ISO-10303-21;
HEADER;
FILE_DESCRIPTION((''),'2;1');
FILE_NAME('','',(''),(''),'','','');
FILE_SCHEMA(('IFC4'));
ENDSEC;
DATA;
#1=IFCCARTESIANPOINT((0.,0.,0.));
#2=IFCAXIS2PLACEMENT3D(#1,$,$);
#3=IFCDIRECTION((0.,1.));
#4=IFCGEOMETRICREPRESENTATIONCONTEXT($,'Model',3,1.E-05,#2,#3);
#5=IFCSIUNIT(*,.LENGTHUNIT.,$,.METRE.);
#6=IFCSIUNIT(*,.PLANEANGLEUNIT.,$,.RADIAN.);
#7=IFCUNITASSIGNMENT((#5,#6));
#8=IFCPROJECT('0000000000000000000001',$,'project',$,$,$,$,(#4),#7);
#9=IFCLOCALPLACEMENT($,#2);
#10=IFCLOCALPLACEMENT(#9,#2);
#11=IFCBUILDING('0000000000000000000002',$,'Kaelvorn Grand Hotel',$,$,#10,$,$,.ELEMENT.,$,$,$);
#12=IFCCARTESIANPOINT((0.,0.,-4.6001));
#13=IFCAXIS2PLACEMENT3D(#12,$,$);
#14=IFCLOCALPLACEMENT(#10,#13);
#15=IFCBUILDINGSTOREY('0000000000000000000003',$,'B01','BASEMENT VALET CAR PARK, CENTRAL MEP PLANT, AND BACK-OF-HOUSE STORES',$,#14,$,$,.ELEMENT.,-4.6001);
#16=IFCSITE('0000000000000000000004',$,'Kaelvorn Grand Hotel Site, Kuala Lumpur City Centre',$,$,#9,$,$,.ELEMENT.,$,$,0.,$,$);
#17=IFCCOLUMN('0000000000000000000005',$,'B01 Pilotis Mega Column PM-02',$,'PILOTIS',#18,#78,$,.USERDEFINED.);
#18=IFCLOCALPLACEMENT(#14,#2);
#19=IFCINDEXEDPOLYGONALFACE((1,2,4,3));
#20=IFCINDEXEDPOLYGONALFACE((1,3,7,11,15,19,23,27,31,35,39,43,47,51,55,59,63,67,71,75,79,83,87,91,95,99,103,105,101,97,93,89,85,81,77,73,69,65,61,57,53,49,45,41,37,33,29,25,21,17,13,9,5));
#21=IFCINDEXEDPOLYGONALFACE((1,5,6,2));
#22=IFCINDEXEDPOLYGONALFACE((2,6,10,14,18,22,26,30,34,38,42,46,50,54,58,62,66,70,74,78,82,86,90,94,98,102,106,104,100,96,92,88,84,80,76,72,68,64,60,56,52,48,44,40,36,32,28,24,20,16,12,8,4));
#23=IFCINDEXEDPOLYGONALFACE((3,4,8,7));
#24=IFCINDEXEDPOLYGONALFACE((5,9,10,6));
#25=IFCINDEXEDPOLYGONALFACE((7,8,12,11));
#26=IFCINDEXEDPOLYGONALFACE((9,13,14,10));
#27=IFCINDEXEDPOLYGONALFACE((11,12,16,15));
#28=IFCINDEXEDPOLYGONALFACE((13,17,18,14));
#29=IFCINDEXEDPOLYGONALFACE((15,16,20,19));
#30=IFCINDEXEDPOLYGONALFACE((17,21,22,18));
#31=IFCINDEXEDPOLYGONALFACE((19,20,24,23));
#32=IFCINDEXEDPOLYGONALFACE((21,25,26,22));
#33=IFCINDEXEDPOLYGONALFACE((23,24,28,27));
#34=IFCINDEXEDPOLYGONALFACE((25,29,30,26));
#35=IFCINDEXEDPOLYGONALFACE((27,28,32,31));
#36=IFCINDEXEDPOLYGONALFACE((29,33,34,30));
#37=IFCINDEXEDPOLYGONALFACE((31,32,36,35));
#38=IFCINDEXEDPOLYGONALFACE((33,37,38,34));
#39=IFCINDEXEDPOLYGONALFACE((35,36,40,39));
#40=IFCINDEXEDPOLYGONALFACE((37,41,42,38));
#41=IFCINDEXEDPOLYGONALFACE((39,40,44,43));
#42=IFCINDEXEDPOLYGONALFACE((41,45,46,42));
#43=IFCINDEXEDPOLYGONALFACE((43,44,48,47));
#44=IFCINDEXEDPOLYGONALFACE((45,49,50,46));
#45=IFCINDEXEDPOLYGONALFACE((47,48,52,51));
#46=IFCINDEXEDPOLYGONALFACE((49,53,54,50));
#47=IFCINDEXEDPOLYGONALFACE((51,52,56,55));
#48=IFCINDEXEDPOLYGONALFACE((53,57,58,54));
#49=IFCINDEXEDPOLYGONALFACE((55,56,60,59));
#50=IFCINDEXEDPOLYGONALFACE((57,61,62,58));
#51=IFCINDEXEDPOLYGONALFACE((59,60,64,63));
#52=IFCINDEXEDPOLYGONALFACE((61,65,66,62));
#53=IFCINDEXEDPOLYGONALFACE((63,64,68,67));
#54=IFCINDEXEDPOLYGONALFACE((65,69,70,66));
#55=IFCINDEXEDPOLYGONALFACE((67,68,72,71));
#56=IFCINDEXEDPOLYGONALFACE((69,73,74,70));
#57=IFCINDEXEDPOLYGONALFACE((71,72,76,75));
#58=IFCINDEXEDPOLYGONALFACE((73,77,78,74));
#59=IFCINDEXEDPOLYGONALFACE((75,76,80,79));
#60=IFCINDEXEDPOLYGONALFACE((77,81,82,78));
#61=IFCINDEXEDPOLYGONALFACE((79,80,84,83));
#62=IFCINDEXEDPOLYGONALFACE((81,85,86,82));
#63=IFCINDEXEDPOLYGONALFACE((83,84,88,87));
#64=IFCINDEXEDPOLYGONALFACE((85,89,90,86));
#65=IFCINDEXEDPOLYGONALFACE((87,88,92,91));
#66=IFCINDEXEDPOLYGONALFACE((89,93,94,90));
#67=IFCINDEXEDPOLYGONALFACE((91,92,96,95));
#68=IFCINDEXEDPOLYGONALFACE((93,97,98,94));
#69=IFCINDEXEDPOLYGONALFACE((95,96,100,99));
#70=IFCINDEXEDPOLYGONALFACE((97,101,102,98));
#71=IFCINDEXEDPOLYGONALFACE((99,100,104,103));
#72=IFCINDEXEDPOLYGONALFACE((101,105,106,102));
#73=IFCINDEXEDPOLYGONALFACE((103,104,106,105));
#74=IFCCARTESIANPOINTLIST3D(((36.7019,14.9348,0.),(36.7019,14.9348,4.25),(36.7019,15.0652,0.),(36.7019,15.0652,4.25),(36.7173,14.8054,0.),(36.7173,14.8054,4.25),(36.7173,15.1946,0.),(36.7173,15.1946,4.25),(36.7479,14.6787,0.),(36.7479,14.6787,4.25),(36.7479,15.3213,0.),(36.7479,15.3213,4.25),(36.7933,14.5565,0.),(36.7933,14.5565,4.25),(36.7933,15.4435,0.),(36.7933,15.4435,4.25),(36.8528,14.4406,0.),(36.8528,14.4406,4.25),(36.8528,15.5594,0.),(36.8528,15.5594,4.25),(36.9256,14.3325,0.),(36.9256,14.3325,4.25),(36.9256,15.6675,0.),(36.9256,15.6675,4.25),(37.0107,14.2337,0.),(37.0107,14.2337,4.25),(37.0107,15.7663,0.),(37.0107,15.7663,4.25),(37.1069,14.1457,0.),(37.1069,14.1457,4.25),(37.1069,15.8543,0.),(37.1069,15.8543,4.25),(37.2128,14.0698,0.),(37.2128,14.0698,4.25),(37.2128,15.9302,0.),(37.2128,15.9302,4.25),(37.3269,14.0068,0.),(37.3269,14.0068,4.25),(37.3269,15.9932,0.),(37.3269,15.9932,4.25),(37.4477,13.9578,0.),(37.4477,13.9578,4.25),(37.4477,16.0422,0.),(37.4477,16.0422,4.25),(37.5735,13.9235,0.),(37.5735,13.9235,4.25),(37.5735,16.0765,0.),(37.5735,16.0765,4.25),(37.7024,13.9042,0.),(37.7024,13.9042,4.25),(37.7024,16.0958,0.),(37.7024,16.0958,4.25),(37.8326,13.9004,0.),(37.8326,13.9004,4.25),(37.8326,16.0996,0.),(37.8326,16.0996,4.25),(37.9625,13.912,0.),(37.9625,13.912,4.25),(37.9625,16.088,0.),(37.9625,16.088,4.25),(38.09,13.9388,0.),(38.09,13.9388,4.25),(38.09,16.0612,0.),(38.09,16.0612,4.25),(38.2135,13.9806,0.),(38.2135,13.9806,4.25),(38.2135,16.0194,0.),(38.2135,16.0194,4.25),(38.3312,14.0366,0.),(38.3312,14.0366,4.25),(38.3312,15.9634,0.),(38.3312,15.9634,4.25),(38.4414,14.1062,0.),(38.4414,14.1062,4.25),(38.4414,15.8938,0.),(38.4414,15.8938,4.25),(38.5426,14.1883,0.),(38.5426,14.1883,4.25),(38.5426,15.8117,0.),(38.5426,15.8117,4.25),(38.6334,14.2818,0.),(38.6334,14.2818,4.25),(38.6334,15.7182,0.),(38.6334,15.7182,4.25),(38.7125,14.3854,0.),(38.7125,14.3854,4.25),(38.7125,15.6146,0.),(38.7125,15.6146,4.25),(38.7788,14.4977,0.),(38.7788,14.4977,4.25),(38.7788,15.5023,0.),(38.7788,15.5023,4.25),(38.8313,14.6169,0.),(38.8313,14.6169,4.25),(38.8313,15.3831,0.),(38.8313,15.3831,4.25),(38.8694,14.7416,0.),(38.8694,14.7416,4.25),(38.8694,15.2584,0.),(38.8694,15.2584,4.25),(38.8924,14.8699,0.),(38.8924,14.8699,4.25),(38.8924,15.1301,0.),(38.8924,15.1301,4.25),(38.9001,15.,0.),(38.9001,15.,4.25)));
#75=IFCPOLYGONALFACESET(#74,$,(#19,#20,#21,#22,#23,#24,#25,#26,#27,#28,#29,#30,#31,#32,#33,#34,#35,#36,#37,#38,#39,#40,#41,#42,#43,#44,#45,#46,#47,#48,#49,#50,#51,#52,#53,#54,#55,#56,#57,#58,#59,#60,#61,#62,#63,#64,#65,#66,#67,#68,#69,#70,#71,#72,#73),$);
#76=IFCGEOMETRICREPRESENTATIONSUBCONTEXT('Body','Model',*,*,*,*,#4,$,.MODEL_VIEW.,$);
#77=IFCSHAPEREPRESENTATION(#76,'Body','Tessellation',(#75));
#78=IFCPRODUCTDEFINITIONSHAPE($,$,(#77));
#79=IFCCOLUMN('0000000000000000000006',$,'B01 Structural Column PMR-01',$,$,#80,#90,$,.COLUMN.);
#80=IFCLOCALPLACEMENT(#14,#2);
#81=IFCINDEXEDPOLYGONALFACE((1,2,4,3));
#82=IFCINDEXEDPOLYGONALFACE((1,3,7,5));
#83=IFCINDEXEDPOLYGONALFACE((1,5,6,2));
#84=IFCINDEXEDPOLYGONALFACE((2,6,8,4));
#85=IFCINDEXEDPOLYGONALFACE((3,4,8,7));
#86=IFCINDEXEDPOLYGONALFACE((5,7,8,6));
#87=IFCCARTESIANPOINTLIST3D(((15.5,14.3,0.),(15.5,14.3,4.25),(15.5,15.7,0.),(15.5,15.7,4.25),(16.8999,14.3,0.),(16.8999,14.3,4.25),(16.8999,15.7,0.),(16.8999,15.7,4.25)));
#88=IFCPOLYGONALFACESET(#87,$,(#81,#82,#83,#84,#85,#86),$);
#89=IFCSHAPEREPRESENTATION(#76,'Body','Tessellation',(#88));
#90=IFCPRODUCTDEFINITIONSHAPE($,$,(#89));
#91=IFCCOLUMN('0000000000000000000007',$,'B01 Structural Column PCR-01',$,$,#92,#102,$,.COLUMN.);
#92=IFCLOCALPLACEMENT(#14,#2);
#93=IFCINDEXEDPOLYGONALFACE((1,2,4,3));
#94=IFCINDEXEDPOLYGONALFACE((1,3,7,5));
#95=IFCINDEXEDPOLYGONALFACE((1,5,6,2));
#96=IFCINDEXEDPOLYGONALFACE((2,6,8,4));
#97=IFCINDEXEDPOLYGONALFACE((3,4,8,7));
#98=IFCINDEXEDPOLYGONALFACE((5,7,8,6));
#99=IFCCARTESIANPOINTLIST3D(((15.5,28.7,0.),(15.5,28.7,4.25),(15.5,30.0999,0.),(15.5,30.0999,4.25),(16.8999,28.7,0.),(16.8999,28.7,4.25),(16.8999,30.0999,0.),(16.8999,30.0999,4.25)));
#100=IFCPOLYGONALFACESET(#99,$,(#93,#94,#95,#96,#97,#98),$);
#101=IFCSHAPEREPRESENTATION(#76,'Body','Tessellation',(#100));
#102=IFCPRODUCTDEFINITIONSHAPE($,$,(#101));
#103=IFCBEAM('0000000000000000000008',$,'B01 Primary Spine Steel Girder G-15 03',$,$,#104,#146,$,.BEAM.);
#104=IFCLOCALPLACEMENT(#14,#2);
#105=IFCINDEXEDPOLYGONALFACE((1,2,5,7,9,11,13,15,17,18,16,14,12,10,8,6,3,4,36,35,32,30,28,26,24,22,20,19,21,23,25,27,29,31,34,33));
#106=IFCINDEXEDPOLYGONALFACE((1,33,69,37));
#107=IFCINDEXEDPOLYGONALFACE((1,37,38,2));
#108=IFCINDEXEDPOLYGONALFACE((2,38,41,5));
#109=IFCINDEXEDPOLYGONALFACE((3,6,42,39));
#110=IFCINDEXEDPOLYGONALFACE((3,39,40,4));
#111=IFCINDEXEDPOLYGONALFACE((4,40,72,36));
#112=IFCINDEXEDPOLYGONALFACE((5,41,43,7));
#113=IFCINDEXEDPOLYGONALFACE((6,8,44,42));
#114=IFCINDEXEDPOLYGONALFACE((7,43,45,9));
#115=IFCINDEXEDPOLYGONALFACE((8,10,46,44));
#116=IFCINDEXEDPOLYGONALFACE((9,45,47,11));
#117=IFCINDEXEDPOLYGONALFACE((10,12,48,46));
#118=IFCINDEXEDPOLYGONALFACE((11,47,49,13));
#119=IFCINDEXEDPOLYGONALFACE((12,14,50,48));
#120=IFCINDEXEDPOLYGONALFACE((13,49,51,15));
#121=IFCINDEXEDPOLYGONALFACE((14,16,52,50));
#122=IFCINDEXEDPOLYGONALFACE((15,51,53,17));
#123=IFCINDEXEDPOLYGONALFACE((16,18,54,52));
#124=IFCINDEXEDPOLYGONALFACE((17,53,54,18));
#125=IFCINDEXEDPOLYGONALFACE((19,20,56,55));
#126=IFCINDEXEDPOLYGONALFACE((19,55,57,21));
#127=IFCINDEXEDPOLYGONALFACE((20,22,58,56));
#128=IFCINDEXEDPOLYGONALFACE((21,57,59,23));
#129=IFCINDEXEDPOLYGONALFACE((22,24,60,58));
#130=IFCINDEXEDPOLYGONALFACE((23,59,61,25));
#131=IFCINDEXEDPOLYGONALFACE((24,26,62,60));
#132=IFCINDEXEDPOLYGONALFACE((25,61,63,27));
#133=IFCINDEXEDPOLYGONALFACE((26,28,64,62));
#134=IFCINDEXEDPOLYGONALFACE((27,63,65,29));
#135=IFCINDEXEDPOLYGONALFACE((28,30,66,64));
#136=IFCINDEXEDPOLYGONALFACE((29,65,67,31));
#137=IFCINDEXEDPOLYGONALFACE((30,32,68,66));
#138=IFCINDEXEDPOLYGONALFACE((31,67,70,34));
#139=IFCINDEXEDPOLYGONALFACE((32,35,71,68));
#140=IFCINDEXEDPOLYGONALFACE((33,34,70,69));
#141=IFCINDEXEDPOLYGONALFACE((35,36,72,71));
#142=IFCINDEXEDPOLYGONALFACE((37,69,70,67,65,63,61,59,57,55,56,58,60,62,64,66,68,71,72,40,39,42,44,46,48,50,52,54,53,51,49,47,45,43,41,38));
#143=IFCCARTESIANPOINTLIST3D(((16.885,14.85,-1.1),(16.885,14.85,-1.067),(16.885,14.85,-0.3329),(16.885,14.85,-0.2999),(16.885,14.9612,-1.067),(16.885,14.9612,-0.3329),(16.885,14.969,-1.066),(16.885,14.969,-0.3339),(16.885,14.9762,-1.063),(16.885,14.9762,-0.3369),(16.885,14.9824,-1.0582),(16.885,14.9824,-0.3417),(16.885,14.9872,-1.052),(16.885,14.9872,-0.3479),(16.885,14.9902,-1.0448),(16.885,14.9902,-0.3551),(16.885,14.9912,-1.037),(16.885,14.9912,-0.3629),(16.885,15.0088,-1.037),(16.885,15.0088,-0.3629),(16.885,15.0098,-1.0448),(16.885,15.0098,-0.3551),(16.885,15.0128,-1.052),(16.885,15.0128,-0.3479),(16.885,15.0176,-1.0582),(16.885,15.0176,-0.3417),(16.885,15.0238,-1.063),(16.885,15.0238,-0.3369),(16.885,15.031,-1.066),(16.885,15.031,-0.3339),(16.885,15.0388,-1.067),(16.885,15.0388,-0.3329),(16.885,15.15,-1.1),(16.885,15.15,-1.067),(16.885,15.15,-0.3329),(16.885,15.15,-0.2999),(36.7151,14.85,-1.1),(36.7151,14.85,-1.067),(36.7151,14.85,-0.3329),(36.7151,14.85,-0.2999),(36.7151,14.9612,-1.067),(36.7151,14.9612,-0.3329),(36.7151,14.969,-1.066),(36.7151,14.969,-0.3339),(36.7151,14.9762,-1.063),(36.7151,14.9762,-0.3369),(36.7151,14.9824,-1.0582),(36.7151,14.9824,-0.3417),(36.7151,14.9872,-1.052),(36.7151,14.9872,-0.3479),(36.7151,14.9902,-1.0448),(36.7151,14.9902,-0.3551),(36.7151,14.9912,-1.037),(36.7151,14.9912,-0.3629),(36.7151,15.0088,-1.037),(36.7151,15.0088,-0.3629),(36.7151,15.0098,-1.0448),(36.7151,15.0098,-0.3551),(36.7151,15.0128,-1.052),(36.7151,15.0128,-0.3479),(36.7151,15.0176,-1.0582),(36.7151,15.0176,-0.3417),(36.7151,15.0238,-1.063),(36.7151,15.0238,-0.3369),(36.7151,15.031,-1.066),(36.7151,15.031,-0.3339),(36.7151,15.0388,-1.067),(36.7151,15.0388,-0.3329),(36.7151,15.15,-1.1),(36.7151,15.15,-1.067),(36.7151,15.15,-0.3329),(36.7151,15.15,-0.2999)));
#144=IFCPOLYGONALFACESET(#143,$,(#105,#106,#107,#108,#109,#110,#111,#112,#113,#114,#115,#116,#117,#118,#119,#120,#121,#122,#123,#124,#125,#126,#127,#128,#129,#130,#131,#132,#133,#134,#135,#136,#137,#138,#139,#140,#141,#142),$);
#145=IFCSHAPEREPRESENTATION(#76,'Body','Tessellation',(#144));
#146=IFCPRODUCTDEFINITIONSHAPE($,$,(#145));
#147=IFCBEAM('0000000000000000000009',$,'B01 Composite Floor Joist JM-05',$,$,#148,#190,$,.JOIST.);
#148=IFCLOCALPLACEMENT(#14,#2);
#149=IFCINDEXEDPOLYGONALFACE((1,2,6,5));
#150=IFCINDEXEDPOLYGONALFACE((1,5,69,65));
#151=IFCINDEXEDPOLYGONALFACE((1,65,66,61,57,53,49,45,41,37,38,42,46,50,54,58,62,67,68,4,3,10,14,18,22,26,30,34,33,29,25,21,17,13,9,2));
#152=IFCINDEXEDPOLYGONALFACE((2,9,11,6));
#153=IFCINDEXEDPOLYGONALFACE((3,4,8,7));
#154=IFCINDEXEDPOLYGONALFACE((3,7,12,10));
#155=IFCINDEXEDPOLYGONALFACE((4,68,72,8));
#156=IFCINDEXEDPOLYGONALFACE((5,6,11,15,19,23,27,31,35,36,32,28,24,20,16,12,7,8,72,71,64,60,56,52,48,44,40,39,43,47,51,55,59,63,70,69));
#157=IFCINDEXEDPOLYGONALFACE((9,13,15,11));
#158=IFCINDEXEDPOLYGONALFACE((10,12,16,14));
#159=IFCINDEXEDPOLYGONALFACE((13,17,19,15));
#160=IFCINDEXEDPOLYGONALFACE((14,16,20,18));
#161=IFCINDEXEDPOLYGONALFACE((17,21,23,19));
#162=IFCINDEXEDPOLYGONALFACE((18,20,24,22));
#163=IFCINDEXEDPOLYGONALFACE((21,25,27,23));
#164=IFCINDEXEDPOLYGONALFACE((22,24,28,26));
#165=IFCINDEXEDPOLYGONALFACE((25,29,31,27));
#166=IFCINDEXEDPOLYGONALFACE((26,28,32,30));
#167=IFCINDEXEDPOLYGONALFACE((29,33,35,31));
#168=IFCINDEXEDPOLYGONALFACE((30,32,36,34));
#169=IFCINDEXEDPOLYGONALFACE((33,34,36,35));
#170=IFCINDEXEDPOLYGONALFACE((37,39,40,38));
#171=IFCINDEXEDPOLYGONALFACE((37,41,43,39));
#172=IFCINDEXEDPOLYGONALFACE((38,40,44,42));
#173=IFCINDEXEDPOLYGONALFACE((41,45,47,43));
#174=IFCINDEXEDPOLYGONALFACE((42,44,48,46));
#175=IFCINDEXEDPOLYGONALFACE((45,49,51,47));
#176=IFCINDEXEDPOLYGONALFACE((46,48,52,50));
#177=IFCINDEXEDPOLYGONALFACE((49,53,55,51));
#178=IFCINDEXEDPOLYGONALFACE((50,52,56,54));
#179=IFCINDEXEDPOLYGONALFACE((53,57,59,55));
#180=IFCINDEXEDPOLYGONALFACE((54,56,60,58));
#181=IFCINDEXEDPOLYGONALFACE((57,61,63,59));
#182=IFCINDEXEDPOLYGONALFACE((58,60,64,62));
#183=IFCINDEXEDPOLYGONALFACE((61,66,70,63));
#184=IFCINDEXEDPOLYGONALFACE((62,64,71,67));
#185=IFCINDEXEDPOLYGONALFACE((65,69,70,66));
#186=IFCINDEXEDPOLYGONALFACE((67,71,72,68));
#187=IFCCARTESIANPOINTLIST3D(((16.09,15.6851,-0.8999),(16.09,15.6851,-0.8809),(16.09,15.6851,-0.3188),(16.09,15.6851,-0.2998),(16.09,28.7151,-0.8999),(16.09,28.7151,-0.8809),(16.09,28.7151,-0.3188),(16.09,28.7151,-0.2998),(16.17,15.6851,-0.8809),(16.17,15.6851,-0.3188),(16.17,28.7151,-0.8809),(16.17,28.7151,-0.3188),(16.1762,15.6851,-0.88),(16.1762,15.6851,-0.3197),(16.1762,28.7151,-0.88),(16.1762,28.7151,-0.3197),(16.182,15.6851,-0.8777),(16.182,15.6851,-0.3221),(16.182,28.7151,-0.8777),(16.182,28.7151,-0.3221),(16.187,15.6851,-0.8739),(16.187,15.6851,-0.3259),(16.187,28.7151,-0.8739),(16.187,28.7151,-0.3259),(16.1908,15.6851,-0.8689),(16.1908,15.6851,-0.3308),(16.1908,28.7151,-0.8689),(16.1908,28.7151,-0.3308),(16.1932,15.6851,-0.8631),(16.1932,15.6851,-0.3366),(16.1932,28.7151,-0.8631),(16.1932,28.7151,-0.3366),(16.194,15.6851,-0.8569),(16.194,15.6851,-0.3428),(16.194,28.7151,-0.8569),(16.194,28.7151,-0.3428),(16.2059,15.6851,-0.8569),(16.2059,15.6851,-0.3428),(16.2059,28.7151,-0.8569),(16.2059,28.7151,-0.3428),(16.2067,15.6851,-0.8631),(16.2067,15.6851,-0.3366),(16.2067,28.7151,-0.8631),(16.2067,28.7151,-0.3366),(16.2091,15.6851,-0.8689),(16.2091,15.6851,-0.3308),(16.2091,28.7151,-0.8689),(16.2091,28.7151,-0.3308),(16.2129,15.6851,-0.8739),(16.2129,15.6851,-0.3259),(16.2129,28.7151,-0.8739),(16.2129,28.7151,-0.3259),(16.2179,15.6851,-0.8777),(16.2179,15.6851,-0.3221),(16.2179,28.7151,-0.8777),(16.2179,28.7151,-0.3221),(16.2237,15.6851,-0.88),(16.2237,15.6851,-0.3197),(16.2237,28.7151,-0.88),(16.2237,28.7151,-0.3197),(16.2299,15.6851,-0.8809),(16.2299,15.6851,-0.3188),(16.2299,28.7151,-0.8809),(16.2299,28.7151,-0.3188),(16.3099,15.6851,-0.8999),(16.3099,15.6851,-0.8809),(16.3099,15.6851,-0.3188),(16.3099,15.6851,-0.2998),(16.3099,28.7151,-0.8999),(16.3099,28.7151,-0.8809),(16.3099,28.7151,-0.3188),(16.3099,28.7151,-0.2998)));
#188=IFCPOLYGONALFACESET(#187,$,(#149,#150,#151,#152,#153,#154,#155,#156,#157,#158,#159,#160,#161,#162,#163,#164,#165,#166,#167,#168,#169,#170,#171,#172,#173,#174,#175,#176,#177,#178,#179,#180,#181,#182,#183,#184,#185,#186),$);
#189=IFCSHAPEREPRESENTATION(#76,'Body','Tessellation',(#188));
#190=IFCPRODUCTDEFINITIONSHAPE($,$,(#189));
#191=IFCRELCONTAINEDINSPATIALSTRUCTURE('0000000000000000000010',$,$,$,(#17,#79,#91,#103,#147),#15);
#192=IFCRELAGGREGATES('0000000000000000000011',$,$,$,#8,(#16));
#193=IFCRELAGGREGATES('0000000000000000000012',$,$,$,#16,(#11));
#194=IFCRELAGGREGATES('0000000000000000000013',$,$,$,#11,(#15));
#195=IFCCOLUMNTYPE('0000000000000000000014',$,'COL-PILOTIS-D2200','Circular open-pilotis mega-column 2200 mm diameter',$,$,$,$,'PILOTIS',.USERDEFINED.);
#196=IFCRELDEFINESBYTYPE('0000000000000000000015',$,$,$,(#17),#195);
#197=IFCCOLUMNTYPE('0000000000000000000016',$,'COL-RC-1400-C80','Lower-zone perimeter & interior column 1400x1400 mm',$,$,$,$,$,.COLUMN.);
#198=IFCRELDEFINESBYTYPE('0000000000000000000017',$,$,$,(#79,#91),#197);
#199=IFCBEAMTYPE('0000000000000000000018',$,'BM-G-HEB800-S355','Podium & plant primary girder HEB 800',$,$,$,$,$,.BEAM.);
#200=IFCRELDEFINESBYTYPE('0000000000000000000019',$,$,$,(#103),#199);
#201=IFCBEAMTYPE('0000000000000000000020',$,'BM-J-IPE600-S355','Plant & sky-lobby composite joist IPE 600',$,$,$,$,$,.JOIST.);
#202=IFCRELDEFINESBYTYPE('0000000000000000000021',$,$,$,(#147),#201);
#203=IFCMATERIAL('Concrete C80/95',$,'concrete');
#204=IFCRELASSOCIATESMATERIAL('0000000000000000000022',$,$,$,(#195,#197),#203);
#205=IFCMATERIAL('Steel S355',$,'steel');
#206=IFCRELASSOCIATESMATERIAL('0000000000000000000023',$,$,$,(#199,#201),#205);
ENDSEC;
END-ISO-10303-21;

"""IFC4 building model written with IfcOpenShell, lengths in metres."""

from ifc_helpers import new_model, si_unit, direction, frame, origin, origin_2d, place, context, subcontext, project, spatial, rectangle, circle, i_section, extrude, material, material_profile, profile_set, type_object, element, save


model = new_model("IFC4")

# Units and contexts
model_context = context("Model", 3, precision=1e-05, world=origin(), true_north=direction((0.0, 1.0)))
body_context = subcontext(model_context, "Body", "Model", "MODEL_VIEW")
ifc_project = project(units=[si_unit("LENGTHUNIT", "METRE"), si_unit("PLANEANGLEUNIT", "RADIAN")], contexts=[model_context])

# Site, building, storey
site_placement = place(None, origin())
site = spatial("IfcSite", under=ifc_project, at=site_placement, Name="Kaelvorn Grand Hotel Site, Kuala Lumpur City Centre", CompositionType="ELEMENT", RefElevation=0.0)
building_placement = place(site_placement, origin())
building = spatial("IfcBuilding", under=site, at=building_placement, Name="Kaelvorn Grand Hotel", CompositionType="ELEMENT")
storey_placement = place(building_placement, frame((0.0, 0.0, -4.6001)))
storey = spatial("IfcBuildingStorey", under=building, at=storey_placement, Name="B01", Description="BASEMENT VALET CAR PARK, CENTRAL MEP PLANT, AND BACK-OF-HOUSE STORES", CompositionType="ELEMENT", Elevation=-4.6001)

# Columns
ifc_material_1 = material(Name="Concrete C80/95", Category="concrete")
ifc_material_profile_1 = material_profile(ifc_material_1, circle(Radius=1.1001, at=origin_2d()), Name="PILOTIS D2200")
ifc_profile_set_1 = profile_set([ifc_material_profile_1], Name="Concrete C80/95")
column_type_1 = type_object("IfcColumnType", Name="COL-PILOTIS-D2200", Description="Circular open-pilotis mega-column 2200 mm diameter", ElementType="PILOTIS", PredefinedType="USERDEFINED", material=ifc_profile_set_1)
for number, where, z_axis, x_axis, name in (
    (1, (37.8, 15.0, 0.0), (0.0, 0.0, 1.0), (1.0, 0.0, 0.0), "B01 Pilotis Mega Column PM-02"),
):
    element("IfcColumn", number, at=place(storey_placement, frame(where, z_axis=z_axis, x_axis=x_axis)), inside=storey, type_object=column_type_1, Name=name, ObjectType="PILOTIS", PredefinedType="USERDEFINED", context=body_context, shape_type="SweptSolid", body=[
        extrude(circle(Radius=1.1001, at=origin_2d()), origin(), (0.0, 0.0, 1.0), 4.25),
    ])
ifc_material_profile_2 = material_profile(ifc_material_1, rectangle(XDim=1.3999, YDim=1.3999, at=origin_2d()), Name="RC COL 1400x1400")
ifc_profile_set_2 = profile_set([ifc_material_profile_2], Name="Concrete C80/95")
column_type_2 = type_object("IfcColumnType", Name="COL-RC-1400-C80", Description="Lower-zone perimeter & interior column 1400x1400 mm", PredefinedType="COLUMN", material=ifc_profile_set_2)
for number, where, z_axis, x_axis, name in (
    (2, (16.2, 15.0, 0.0), (0.0, 0.0, 1.0), (1.0, 0.0, 0.0), "B01 Structural Column PMR-01"),
    (3, (16.2, 29.3999, 0.0), (0.0, 0.0, 1.0), (1.0, 0.0, 0.0), "B01 Structural Column PCR-01"),
):
    element("IfcColumn", number, at=place(storey_placement, frame(where, z_axis=z_axis, x_axis=x_axis)), inside=storey, type_object=column_type_2, Name=name, PredefinedType="COLUMN", context=body_context, shape_type="SweptSolid", body=[
        extrude(rectangle(XDim=1.3999, YDim=1.3999, at=origin_2d()), origin(), (0.0, 0.0, 1.0), 4.25),
    ])

# Beams
ifc_material_2 = material(Name="Steel S355", Category="steel")
ifc_material_profile_3 = material_profile(ifc_material_2, i_section(OverallWidth=0.3, OverallDepth=0.8, WebThickness=0.0176, FlangeThickness=0.033, FilletRadius=0.03, at=origin_2d()), Name="HEB 800")
ifc_profile_set_3 = profile_set([ifc_material_profile_3], Name="Steel S355")
beam_type_1 = type_object("IfcBeamType", Name="BM-G-HEB800-S355", Description="Podium & plant primary girder HEB 800", PredefinedType="BEAM", material=ifc_profile_set_3)
beam_1_placement = place(storey_placement, frame((16.885, 15.0, -0.7), z_axis=(1.0, 0.0, 0.0), x_axis=(0.0, 1.0, 0.0)))
element("IfcBeam", 4, at=beam_1_placement, inside=storey, type_object=beam_type_1, Name="B01 Primary Spine Steel Girder G-15 03", PredefinedType="BEAM", context=body_context, shape_type="SweptSolid", body=[
    extrude(i_section(OverallWidth=0.3, OverallDepth=0.8, WebThickness=0.0176, FlangeThickness=0.033, FilletRadius=0.03, at=origin_2d()), origin(), (0.0, 0.0, 1.0), 19.8301),
])
ifc_material_profile_4 = material_profile(ifc_material_2, i_section(OverallWidth=0.22, OverallDepth=0.6001, WebThickness=0.012, FlangeThickness=0.019, FilletRadius=0.0239, at=origin_2d()), Name="IPE 600")
ifc_profile_set_4 = profile_set([ifc_material_profile_4], Name="Steel S355")
beam_type_2 = type_object("IfcBeamType", Name="BM-J-IPE600-S355", Description="Plant & sky-lobby composite joist IPE 600", PredefinedType="JOIST", material=ifc_profile_set_4)
beam_2_placement = place(storey_placement, frame((16.2, 15.6851, -0.5999), z_axis=(0.0, 1.0, 0.0), x_axis=(-1.0, 0.0, 0.0)))
element("IfcBeam", 5, at=beam_2_placement, inside=storey, type_object=beam_type_2, Name="B01 Composite Floor Joist JM-05", PredefinedType="JOIST", context=body_context, shape_type="SweptSolid", body=[
    extrude(i_section(OverallWidth=0.22, OverallDepth=0.6001, WebThickness=0.012, FlangeThickness=0.019, FilletRadius=0.0239, at=origin_2d()), origin(), (0.0, 0.0, 1.0), 13.03),
])

save(model, "model.ifc")
